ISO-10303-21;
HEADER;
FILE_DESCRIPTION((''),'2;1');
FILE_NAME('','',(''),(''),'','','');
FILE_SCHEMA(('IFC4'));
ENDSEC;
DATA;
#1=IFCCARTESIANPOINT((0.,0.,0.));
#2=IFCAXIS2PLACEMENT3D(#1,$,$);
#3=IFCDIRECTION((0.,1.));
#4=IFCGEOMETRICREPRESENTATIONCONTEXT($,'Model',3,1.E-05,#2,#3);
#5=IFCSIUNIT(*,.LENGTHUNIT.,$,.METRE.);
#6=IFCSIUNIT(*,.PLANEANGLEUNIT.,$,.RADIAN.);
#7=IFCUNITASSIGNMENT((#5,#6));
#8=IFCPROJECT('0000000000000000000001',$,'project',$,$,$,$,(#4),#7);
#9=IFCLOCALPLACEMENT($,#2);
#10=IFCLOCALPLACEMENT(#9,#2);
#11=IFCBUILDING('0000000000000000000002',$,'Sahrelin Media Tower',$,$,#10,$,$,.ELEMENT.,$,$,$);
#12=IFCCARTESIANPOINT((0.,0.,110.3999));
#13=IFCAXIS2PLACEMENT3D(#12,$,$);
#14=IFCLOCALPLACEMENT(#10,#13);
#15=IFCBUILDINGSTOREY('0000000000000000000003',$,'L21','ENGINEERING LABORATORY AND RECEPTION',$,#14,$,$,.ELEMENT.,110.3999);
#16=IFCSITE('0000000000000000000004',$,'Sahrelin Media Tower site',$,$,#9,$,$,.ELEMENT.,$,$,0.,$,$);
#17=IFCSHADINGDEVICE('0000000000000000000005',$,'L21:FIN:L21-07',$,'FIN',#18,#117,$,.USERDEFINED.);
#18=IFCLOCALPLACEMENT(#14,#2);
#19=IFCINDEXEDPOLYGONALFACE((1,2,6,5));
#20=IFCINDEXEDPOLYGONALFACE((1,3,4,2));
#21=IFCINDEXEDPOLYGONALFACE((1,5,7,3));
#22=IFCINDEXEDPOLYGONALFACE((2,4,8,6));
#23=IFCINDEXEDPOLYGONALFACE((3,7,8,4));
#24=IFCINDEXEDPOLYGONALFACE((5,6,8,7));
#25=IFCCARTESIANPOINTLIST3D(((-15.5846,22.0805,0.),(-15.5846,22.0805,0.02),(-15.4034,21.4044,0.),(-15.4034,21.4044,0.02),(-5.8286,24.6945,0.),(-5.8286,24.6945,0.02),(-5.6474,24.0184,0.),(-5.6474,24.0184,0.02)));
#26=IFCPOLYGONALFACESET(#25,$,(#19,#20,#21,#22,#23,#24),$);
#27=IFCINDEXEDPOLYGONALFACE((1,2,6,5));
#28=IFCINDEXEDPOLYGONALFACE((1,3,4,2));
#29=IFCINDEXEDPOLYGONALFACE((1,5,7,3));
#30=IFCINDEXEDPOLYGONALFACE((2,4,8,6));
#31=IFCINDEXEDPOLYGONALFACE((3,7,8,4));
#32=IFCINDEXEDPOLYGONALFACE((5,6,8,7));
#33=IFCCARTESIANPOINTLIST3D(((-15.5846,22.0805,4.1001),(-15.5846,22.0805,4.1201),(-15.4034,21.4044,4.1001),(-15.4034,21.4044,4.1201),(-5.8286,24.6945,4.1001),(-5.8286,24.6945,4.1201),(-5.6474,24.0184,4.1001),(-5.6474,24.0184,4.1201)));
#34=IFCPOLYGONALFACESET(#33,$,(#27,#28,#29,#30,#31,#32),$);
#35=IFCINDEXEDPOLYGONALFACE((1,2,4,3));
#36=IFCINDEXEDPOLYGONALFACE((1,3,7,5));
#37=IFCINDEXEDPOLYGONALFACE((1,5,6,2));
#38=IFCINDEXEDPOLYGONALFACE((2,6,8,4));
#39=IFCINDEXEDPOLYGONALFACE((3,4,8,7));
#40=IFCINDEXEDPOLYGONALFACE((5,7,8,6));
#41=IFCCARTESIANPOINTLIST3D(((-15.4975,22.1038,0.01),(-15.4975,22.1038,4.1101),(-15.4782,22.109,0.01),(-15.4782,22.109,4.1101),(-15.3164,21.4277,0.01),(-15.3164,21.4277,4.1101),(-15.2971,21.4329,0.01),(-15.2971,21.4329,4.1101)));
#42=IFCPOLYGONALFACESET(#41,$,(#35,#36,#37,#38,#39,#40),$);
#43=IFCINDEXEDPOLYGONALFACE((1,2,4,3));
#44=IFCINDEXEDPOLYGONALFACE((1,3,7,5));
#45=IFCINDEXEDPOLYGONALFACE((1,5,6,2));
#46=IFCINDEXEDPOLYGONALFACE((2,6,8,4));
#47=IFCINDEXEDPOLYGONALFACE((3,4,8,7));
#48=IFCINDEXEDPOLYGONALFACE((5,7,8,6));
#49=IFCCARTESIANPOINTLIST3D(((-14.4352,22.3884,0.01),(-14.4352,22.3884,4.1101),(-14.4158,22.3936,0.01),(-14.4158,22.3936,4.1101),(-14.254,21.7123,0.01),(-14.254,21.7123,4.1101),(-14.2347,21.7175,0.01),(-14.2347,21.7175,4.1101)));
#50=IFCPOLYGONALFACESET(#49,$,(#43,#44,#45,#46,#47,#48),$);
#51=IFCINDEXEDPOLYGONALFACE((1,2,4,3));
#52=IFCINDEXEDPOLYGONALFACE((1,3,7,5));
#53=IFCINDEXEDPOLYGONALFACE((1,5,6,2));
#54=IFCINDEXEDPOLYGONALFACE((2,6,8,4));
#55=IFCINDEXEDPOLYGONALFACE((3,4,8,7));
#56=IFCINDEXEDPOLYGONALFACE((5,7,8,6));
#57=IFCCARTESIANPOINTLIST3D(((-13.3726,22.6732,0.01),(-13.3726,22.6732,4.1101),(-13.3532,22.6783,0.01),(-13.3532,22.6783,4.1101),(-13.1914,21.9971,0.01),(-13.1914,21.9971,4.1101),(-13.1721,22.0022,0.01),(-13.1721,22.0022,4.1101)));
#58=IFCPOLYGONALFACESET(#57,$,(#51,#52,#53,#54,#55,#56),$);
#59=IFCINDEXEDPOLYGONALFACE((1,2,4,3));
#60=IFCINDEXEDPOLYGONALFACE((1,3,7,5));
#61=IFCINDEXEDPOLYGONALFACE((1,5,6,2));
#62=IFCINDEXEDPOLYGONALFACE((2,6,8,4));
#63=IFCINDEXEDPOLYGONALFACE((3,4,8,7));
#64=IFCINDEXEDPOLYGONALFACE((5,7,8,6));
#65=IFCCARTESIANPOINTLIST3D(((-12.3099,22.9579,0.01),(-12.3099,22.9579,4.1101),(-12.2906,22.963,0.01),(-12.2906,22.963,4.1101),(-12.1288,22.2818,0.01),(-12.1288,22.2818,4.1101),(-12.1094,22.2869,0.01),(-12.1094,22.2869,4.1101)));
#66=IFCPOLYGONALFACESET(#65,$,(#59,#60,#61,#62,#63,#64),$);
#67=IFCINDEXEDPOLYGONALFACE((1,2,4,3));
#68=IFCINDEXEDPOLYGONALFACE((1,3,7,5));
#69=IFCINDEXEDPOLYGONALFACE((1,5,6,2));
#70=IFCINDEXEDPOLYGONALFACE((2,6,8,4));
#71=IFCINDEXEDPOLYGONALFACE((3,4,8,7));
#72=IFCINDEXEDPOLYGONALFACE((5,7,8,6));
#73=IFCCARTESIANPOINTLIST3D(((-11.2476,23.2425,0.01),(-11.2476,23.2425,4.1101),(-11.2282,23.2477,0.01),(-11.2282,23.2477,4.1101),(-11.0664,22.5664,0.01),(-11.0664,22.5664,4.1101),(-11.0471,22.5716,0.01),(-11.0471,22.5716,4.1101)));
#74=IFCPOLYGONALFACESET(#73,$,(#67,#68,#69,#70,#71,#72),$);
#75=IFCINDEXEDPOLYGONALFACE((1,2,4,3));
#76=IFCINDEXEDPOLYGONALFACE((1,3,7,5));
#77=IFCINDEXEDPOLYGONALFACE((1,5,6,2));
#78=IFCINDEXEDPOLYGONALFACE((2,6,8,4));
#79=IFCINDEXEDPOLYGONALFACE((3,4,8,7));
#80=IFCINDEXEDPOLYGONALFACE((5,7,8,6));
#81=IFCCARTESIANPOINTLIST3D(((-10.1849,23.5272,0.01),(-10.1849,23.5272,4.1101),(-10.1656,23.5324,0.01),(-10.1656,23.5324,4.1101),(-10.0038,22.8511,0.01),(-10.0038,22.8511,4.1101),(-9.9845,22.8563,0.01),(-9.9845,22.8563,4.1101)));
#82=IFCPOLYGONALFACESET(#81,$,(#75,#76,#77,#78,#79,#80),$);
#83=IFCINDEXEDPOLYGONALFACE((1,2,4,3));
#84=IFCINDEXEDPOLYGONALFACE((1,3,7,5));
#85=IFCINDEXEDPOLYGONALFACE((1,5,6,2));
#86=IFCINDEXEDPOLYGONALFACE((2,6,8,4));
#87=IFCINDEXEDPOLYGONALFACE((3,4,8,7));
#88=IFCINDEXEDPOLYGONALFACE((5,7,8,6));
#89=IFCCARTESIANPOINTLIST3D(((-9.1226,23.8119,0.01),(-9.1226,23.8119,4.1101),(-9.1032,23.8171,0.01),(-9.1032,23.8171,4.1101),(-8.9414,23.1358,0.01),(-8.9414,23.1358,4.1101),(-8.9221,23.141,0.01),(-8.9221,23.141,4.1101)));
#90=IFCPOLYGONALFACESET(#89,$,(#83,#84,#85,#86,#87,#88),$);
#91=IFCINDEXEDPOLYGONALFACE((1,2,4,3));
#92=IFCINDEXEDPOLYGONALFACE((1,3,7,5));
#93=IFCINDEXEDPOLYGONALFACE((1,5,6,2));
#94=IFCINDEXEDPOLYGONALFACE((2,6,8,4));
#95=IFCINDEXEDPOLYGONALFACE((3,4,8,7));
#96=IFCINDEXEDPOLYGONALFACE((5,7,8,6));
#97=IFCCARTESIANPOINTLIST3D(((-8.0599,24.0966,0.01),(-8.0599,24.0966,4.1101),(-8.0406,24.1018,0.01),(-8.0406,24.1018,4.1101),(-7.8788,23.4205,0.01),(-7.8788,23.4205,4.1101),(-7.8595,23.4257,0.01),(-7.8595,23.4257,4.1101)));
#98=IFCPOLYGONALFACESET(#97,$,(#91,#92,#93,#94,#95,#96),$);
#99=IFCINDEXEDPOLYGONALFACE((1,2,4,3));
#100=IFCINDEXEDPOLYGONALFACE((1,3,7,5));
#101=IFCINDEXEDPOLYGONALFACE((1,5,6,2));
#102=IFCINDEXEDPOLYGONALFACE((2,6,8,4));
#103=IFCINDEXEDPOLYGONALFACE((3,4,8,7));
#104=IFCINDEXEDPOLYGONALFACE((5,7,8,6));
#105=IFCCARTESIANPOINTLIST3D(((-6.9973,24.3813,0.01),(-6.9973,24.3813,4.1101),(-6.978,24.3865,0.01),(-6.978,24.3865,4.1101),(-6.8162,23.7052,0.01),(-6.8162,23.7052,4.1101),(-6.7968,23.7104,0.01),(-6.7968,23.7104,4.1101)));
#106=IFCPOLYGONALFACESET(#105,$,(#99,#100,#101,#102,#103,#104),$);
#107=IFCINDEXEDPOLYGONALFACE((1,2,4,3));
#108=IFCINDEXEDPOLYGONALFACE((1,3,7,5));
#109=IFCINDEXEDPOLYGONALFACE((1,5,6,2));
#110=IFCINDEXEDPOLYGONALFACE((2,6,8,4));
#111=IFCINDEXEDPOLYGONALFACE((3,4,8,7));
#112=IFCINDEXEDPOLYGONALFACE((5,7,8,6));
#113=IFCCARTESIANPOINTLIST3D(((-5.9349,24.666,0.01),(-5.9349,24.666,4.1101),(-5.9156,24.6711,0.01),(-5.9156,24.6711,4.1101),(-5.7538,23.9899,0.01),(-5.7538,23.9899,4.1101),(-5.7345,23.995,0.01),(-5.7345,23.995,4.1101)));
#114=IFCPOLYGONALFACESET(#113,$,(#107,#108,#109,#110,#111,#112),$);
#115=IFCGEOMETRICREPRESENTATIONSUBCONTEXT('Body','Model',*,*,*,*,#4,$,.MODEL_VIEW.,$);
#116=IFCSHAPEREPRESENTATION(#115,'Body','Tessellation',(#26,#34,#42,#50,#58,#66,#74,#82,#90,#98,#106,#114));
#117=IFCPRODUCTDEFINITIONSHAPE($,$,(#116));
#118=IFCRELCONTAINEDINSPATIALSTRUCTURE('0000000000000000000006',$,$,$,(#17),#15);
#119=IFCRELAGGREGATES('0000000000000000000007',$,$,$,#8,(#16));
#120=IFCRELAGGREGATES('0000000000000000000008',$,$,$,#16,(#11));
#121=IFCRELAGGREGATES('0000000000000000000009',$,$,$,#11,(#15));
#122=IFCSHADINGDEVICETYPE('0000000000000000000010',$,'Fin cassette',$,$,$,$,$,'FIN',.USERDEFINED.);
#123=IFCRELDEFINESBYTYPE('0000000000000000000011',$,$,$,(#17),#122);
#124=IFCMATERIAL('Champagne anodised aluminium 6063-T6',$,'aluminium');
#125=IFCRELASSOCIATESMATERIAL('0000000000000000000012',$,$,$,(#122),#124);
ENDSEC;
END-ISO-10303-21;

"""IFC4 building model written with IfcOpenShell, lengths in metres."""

from ifc_helpers import new_model, si_unit, direction, frame, origin, origin_2d, place, context, subcontext, project, spatial, rectangle, extrude, material, type_object, element, save


model = new_model("IFC4")

# Units and contexts
model_context = context("Model", 3, precision=1e-05, world=origin(), true_north=direction((0.0, 1.0)))
body_context = subcontext(model_context, "Body", "Model", "MODEL_VIEW")
ifc_project = project(units=[si_unit("LENGTHUNIT", "METRE"), si_unit("PLANEANGLEUNIT", "RADIAN")], contexts=[model_context])

# Site, building, storey
site_placement = place(None, origin())
site = spatial("IfcSite", under=ifc_project, at=site_placement, Name="Sahrelin Media Tower site", CompositionType="ELEMENT", RefElevation=0.0)
building_placement = place(site_placement, origin())
building = spatial("IfcBuilding", under=site, at=building_placement, Name="Sahrelin Media Tower", CompositionType="ELEMENT")
storey_placement = place(building_placement, frame((0.0, 0.0, 110.3999)))
storey = spatial("IfcBuildingStorey", under=building, at=storey_placement, Name="L21", Description="ENGINEERING LABORATORY AND RECEPTION", CompositionType="ELEMENT", Elevation=110.3999)

# Shared definitions
ifc_material_1 = material(Name="Champagne anodised aluminium 6063-T6", Category="aluminium")

# Shading device
shading_device_type_1 = type_object("IfcShadingDeviceType", Name="Fin cassette", ElementType="FIN", PredefinedType="USERDEFINED", material=ifc_material_1)
placement = place(storey_placement, frame((-10.5073, 22.6438, 0.0), z_axis=(0.0, 0.0, 1.0), x_axis=(0.965929, 0.258808, 0.0)))
element("IfcShadingDevice", 1, at=placement, inside=storey, type_object=shading_device_type_1, Name="L21:FIN:L21-07", ObjectType="FIN", PredefinedType="USERDEFINED", context=body_context, shape_type="SweptSolid", body=[
    extrude(rectangle(XDim=10.1001, YDim=0.7, at=origin_2d()), frame((0.0, 0.4199, 0.0)), (0.0, 0.0, 1.0), 0.02),
    extrude(rectangle(XDim=10.1001, YDim=0.7, at=origin_2d()), frame((0.0, 0.4199, 4.1001)), (0.0, 0.0, 1.0), 0.02),
    extrude(rectangle(XDim=0.02, YDim=0.7, at=origin_2d()), frame((-4.95, 0.4199, 0.01), z_axis=(0.0, 0.0, 1.0), x_axis=(1.0, 0.0, 0.0)), (0.0, 0.0, 1.0), 4.1001),
    extrude(rectangle(XDim=0.02, YDim=0.7, at=origin_2d()), frame((-3.8501, 0.4199, 0.01), z_axis=(0.0, 0.0, 1.0), x_axis=(1.0, 0.0, 0.0)), (0.0, 0.0, 1.0), 4.1001),
    extrude(rectangle(XDim=0.02, YDim=0.7, at=origin_2d()), frame((-2.75, 0.4199, 0.01), z_axis=(0.0, 0.0, 1.0), x_axis=(1.0, 0.0, 0.0)), (0.0, 0.0, 1.0), 4.1001),
    extrude(rectangle(XDim=0.02, YDim=0.7, at=origin_2d()), frame((-1.6499, 0.4199, 0.01), z_axis=(0.0, 0.0, 1.0), x_axis=(1.0, 0.0, 0.0)), (0.0, 0.0, 1.0), 4.1001),
    extrude(rectangle(XDim=0.02, YDim=0.7, at=origin_2d()), frame((-0.55, 0.4199, 0.01), z_axis=(0.0, 0.0, 1.0), x_axis=(1.0, 0.0, 0.0)), (0.0, 0.0, 1.0), 4.1001),
    extrude(rectangle(XDim=0.02, YDim=0.7, at=origin_2d()), frame((0.55, 0.4199, 0.01), z_axis=(0.0, 0.0, 1.0), x_axis=(1.0, 0.0, 0.0)), (0.0, 0.0, 1.0), 4.1001),
    extrude(rectangle(XDim=0.02, YDim=0.7, at=origin_2d()), frame((1.6499, 0.4199, 0.01), z_axis=(0.0, 0.0, 1.0), x_axis=(1.0, 0.0, 0.0)), (0.0, 0.0, 1.0), 4.1001),
    extrude(rectangle(XDim=0.02, YDim=0.7, at=origin_2d()), frame((2.75, 0.4199, 0.01), z_axis=(0.0, 0.0, 1.0), x_axis=(1.0, 0.0, 0.0)), (0.0, 0.0, 1.0), 4.1001),
    extrude(rectangle(XDim=0.02, YDim=0.7, at=origin_2d()), frame((3.8501, 0.4199, 0.01), z_axis=(0.0, 0.0, 1.0), x_axis=(1.0, 0.0, 0.0)), (0.0, 0.0, 1.0), 4.1001),
    extrude(rectangle(XDim=0.02, YDim=0.7, at=origin_2d()), frame((4.95, 0.4199, 0.01), z_axis=(0.0, 0.0, 1.0), x_axis=(1.0, 0.0, 0.0)), (0.0, 0.0, 1.0), 4.1001),
])

save(model, "model.ifc")
